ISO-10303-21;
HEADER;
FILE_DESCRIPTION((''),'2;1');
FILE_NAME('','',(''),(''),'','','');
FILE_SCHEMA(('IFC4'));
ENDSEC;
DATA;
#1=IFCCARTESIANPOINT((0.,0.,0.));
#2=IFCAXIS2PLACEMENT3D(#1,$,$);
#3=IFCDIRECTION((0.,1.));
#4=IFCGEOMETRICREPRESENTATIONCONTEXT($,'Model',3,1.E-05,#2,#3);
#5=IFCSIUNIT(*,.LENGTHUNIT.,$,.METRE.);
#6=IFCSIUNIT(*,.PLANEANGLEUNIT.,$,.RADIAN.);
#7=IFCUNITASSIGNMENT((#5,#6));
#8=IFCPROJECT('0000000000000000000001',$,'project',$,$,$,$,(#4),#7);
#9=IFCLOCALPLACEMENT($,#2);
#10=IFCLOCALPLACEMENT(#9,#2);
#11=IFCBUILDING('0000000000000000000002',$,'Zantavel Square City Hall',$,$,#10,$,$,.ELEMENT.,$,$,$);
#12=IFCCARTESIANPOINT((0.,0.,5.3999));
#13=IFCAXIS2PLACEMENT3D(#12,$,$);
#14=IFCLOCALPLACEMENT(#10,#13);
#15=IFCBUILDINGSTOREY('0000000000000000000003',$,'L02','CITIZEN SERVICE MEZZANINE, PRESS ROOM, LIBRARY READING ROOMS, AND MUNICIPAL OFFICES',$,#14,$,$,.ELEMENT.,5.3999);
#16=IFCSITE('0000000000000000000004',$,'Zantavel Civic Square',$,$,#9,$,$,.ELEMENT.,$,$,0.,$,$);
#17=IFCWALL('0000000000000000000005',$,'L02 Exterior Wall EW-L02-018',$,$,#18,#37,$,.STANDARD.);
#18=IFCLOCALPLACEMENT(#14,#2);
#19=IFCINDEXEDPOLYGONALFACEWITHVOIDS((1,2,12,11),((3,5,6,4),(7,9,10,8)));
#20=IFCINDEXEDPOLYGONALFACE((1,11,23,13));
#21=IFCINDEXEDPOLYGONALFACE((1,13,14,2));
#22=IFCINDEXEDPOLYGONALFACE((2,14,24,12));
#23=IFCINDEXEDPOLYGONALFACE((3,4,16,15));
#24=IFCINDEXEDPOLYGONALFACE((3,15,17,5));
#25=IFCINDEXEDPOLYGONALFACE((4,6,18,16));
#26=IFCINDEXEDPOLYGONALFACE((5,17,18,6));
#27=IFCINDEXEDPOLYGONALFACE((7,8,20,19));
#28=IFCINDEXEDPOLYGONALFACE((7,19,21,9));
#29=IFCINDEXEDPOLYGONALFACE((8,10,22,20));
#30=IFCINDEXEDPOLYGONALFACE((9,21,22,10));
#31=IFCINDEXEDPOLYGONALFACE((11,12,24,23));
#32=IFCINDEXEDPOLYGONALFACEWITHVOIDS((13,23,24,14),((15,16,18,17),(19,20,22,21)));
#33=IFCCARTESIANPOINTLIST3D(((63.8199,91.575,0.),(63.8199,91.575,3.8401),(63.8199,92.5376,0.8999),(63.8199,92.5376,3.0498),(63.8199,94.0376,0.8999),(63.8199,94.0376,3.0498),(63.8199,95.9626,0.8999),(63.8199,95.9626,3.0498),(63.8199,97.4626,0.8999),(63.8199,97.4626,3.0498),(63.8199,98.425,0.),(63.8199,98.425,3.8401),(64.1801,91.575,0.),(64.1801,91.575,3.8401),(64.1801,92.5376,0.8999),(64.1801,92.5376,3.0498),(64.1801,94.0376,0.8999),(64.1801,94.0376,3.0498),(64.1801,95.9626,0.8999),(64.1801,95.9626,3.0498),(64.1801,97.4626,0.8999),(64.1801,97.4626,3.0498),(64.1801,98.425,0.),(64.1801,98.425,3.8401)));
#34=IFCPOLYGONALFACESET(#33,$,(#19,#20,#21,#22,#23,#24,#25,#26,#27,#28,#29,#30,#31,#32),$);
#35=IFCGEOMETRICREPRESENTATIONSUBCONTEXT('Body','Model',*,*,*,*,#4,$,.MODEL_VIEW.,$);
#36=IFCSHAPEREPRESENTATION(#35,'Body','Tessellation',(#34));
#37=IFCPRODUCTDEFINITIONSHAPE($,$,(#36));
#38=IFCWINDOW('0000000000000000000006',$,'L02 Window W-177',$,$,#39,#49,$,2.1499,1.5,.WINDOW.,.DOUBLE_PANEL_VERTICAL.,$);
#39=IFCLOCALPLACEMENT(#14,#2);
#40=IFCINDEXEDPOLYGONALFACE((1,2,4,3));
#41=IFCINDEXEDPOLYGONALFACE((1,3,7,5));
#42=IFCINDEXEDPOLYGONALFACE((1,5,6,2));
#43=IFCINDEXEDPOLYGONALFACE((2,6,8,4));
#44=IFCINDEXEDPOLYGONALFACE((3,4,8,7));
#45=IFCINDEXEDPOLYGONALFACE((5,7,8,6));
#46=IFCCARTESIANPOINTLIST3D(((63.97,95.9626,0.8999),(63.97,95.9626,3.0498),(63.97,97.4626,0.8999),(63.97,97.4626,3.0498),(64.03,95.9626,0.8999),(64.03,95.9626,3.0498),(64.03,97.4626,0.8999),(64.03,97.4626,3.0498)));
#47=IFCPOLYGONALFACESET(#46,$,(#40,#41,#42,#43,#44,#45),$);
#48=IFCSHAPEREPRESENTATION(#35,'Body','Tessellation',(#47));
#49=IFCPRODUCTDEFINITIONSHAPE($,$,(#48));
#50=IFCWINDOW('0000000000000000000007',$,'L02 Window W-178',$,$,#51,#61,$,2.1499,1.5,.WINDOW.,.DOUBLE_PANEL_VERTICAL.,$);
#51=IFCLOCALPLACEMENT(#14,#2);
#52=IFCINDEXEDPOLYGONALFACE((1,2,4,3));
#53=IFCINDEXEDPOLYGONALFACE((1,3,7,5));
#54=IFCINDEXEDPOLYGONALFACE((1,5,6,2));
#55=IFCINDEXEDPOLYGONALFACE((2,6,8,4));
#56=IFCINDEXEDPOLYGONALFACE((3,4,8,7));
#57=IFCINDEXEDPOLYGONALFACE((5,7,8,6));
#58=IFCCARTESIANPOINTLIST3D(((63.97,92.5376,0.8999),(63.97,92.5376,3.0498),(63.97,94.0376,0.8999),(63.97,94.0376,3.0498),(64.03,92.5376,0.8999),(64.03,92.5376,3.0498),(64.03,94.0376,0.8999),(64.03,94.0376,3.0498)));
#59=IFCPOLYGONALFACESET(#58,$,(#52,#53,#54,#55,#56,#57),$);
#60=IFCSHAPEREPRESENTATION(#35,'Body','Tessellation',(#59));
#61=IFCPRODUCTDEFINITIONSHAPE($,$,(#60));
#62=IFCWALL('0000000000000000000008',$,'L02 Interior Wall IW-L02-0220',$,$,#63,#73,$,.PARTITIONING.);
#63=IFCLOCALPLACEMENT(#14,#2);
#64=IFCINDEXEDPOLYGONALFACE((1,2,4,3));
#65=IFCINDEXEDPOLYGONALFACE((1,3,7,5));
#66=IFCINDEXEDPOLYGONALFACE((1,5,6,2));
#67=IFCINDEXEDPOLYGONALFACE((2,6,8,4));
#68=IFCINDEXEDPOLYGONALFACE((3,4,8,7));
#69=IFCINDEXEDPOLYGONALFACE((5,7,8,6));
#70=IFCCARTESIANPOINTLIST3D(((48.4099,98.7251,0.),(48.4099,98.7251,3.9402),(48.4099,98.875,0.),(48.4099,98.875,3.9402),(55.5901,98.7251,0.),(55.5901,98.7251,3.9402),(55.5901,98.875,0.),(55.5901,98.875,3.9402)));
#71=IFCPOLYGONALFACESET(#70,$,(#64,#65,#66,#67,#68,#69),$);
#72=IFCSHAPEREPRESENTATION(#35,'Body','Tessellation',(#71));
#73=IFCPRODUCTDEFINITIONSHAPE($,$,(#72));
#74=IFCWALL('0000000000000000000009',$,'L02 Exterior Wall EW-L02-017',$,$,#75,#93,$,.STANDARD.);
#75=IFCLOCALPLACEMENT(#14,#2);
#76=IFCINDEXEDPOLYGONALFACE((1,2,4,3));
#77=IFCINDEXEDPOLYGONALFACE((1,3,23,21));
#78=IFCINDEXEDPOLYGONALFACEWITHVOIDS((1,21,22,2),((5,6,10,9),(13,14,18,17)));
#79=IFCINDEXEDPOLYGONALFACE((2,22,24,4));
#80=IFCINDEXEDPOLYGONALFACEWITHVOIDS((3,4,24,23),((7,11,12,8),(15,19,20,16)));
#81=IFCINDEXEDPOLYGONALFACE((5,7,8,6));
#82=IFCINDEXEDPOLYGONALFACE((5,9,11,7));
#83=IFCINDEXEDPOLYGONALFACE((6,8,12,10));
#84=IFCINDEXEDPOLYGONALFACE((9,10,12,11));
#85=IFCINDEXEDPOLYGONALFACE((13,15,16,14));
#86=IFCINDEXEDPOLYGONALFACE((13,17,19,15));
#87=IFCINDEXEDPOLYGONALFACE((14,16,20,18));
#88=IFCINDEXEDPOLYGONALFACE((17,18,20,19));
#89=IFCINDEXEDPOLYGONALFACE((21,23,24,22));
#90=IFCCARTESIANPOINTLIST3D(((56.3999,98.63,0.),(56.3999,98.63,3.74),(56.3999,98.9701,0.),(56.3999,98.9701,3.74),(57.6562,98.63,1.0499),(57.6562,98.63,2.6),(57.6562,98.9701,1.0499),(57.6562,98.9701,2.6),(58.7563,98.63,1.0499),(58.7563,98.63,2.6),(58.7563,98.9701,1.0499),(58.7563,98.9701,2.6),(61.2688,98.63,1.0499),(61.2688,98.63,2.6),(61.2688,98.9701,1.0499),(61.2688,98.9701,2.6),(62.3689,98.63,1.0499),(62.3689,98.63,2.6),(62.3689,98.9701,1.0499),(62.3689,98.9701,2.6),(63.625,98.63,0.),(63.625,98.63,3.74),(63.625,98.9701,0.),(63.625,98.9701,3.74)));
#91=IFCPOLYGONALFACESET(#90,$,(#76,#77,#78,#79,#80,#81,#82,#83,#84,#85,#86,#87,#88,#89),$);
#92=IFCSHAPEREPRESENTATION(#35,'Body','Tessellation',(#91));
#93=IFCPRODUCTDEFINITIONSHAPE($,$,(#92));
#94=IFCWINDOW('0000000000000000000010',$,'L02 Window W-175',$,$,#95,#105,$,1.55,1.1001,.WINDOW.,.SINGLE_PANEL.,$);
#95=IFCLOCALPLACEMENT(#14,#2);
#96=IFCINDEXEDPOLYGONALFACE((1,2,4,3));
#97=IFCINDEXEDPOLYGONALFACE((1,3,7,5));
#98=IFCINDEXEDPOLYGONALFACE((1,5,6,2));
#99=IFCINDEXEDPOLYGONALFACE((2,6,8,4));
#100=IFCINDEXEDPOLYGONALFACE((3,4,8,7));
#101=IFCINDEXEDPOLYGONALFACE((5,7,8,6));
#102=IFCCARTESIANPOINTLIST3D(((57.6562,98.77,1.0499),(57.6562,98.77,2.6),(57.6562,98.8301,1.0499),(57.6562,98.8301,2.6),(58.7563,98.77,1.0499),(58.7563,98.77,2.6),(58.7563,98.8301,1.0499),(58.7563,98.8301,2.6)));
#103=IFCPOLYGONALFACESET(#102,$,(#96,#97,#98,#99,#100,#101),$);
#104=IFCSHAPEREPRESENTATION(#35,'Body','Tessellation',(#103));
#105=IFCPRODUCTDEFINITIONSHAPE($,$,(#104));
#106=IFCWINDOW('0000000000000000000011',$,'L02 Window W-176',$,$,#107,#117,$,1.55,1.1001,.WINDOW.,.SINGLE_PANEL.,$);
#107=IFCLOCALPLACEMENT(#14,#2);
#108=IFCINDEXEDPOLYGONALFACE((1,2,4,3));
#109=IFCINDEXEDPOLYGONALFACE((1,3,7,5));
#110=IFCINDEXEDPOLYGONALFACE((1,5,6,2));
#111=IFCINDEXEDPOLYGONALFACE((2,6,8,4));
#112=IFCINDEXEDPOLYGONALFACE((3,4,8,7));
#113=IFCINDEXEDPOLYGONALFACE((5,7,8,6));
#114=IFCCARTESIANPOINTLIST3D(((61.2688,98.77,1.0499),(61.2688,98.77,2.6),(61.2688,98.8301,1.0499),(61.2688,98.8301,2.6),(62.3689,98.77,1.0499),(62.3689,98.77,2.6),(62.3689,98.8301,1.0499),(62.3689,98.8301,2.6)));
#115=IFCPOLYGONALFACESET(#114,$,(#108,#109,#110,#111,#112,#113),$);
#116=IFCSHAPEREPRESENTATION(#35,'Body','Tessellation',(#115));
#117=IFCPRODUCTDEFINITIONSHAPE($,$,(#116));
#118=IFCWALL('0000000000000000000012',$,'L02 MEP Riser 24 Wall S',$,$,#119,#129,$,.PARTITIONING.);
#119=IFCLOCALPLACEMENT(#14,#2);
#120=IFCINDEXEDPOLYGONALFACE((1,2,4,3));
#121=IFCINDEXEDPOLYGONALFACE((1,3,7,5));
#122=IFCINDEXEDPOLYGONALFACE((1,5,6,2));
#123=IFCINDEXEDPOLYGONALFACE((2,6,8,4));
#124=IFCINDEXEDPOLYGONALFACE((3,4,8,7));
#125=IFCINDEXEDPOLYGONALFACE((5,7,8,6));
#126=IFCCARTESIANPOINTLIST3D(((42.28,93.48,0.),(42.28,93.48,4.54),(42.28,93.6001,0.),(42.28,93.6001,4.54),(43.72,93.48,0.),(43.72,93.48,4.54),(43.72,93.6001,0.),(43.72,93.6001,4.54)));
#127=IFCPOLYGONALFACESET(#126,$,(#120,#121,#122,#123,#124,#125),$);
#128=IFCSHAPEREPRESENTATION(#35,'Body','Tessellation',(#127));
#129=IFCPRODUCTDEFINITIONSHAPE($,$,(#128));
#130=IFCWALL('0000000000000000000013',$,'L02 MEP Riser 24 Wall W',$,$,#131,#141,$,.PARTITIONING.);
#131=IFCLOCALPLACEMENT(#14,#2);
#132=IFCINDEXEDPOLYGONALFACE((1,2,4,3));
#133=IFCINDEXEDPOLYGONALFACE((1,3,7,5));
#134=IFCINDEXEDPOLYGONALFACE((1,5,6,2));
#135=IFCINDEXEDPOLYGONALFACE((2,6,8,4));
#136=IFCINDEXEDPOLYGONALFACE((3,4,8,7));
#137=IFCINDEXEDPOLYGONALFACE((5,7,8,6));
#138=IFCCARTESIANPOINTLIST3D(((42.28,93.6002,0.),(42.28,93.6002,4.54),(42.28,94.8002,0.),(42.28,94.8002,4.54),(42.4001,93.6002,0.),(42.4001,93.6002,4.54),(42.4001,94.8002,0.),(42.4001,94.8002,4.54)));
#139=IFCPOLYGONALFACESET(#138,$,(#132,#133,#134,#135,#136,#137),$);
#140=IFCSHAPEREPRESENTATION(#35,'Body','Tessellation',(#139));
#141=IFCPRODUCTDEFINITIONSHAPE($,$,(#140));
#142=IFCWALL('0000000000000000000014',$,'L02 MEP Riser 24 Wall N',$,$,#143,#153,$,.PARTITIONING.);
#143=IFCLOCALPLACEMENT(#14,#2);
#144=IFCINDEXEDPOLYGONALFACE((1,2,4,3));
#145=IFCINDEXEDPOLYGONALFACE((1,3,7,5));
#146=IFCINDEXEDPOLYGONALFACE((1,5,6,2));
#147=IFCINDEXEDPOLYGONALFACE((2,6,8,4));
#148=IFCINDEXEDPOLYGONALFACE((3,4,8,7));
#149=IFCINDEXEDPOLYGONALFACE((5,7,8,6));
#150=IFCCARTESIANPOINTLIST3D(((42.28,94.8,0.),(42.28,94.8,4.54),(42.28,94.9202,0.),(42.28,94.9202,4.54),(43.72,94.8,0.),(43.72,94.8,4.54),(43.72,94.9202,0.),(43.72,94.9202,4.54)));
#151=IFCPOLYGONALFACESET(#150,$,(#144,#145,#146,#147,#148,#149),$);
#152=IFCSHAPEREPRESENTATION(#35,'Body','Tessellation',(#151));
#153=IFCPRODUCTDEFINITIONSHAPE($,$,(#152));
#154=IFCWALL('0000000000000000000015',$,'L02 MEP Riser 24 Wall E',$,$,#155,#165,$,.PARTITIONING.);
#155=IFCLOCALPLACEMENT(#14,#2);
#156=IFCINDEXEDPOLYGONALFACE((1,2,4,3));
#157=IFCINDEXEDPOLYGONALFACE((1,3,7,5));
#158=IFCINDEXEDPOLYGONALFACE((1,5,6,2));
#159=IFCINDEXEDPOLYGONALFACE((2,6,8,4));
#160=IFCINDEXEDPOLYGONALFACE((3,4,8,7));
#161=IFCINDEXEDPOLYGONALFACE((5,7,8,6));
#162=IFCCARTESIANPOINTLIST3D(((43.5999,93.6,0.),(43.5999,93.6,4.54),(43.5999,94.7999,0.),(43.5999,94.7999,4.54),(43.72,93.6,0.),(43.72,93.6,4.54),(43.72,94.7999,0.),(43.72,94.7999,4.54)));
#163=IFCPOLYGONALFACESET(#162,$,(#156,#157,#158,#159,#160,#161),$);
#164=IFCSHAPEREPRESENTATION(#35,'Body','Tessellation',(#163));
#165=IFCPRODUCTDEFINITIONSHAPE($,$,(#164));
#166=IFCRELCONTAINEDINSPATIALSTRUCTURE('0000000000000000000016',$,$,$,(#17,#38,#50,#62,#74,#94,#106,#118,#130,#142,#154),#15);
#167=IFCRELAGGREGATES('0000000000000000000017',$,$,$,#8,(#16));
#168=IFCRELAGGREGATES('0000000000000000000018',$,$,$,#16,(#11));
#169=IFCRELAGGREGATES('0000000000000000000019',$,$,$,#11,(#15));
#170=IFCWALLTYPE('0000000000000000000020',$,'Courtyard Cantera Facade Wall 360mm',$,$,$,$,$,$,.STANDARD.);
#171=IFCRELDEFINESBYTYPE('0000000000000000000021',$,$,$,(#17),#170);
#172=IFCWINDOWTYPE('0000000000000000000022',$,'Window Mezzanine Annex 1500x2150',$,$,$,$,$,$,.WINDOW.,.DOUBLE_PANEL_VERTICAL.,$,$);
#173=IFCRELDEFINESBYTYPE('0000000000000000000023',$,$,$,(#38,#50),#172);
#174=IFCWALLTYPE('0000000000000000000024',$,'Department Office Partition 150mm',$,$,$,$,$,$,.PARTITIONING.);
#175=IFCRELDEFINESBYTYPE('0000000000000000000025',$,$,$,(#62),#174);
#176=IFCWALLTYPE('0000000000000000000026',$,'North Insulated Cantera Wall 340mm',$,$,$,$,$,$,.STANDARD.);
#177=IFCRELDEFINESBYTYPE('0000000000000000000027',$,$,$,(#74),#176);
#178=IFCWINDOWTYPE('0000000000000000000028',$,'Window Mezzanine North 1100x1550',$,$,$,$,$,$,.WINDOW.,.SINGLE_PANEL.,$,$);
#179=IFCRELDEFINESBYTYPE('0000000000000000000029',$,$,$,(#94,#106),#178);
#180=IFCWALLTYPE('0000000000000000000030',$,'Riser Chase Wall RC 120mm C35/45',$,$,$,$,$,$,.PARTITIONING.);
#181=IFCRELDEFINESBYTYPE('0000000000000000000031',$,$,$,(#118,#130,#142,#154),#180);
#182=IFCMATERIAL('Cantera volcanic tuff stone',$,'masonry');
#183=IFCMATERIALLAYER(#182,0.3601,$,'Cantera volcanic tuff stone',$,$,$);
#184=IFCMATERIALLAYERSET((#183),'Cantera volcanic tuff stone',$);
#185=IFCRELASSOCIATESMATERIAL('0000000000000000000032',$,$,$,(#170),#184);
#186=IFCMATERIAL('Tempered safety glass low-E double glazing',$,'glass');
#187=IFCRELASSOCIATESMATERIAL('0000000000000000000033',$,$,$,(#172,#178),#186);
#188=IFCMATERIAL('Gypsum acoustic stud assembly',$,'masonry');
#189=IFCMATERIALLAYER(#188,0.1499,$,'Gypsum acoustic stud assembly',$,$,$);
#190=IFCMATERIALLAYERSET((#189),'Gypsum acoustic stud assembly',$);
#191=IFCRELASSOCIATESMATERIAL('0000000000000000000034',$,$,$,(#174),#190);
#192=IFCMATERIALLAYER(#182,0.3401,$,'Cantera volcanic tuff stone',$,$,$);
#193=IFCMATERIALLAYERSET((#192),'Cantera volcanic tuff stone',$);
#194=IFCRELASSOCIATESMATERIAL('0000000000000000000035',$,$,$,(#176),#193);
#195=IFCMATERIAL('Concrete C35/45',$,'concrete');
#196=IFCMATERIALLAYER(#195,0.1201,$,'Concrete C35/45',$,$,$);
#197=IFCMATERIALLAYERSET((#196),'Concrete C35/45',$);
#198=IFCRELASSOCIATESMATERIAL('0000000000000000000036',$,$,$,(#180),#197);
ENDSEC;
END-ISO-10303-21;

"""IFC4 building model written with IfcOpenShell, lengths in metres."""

from ifc_helpers import new_model, si_unit, direction, frame, frame_2d, origin, place, context, subcontext, project, spatial, rectangle, extrude, material, layer, layer_set, type_object, element, fill, save


model = new_model("IFC4")

# Units and contexts
model_context = context("Model", 3, precision=1e-05, world=origin(), true_north=direction((0.0, 1.0)))
body_context = subcontext(model_context, "Body", "Model", "MODEL_VIEW")
ifc_project = project(units=[si_unit("LENGTHUNIT", "METRE"), si_unit("PLANEANGLEUNIT", "RADIAN")], contexts=[model_context])

# Site, building, storey
site_placement = place(None, origin())
site = spatial("IfcSite", under=ifc_project, at=site_placement, Name="Zantavel Civic Square", CompositionType="ELEMENT", RefElevation=0.0)
building_placement = place(site_placement, origin())
building = spatial("IfcBuilding", under=site, at=building_placement, Name="Zantavel Square City Hall", CompositionType="ELEMENT")
storey_placement = place(building_placement, frame((0.0, 0.0, 5.3999)))
storey = spatial("IfcBuildingStorey", under=building, at=storey_placement, Name="L02", Description="CITIZEN SERVICE MEZZANINE, PRESS ROOM, LIBRARY READING ROOMS, AND MUNICIPAL OFFICES", CompositionType="ELEMENT", Elevation=5.3999)

# Shared definitions
ifc_material_1 = material(Name="Concrete C35/45", Category="concrete")

# Wall, openings, windows
ifc_material_2 = material(Name="Cantera volcanic tuff stone", Category="masonry")
ifc_layer_1 = layer(ifc_material_2, 0.3601, Name="Cantera volcanic tuff stone")
ifc_layer_set_1 = layer_set([ifc_layer_1], Name="Cantera volcanic tuff stone")
wall_type_1 = type_object("IfcWallType", Name="Courtyard Cantera Facade Wall 360mm", PredefinedType="STANDARD", material=ifc_layer_set_1)
wall_1_placement = place(storey_placement, frame((64.0, 98.425, 0.0), z_axis=(0.0, 0.0, 1.0), x_axis=(0.0, -1.0, 0.0)))
wall_1 = element("IfcWall", 1, at=wall_1_placement, inside=storey, type_object=wall_type_1, Name="L02 Exterior Wall EW-L02-018", PredefinedType="STANDARD", context=body_context, shape_type="SweptSolid", body=[
    extrude(rectangle(XDim=6.8501, YDim=0.3601, at=frame_2d((3.425, 0.0))), origin(), (0.0, 0.0, 1.0), 3.8401),
])
opening_1_placement = place(wall_1_placement, frame((0.9624, 0.0, 0.8999)))
opening_1 = element("IfcOpeningElement", 2, at=opening_1_placement, cuts=wall_1, PredefinedType="OPENING", context=body_context, shape_type="SweptSolid", body=[
    extrude(rectangle(XDim=1.5, YDim=2.1499, at=frame_2d((0.75, 1.075))), frame((0.0, 0.1899, 0.0), z_axis=(0.0, -1.0, 0.0), x_axis=(1.0, 0.0, 0.0)), (0.0, 0.0, 1.0), 0.3801),
])
opening_2_placement = place(wall_1_placement, frame((4.3875, 0.0, 0.8999)))
opening_2 = element("IfcOpeningElement", 3, at=opening_2_placement, cuts=wall_1, PredefinedType="OPENING", context=body_context, shape_type="SweptSolid", body=[
    extrude(rectangle(XDim=1.5, YDim=2.1499, at=frame_2d((0.75, 1.075))), frame((0.0, 0.1899, 0.0), z_axis=(0.0, -1.0, 0.0), x_axis=(1.0, 0.0, 0.0)), (0.0, 0.0, 1.0), 0.3801),
])
ifc_material_3 = material(Name="Tempered safety glass low-E double glazing", Category="glass")
window_type_1 = type_object("IfcWindowType", Name="Window Mezzanine Annex 1500x2150", PartitioningType="DOUBLE_PANEL_VERTICAL", PredefinedType="WINDOW", material=ifc_material_3)
window_1_placement = place(opening_1_placement, origin())
window_1 = element("IfcWindow", 4, at=window_1_placement, inside=storey, type_object=window_type_1, Name="L02 Window W-177", OverallHeight=2.1499, OverallWidth=1.5, PartitioningType="DOUBLE_PANEL_VERTICAL", PredefinedType="WINDOW", context=body_context, shape_type="SweptSolid", body=[
    extrude(rectangle(XDim=1.5, YDim=2.1499, at=frame_2d((0.75, 1.075))), frame((0.0, 0.03, 0.0), z_axis=(0.0, -1.0, 0.0), x_axis=(1.0, 0.0, 0.0)), (0.0, 0.0, 1.0), 0.0601),
])
fill(opening_1, window_1)
window_2_placement = place(opening_2_placement, origin())
window_2 = element("IfcWindow", 5, at=window_2_placement, inside=storey, type_object=window_type_1, Name="L02 Window W-178", OverallHeight=2.1499, OverallWidth=1.5, PartitioningType="DOUBLE_PANEL_VERTICAL", PredefinedType="WINDOW", context=body_context, shape_type="SweptSolid", body=[
    extrude(rectangle(XDim=1.5, YDim=2.1499, at=frame_2d((0.75, 1.075))), frame((0.0, 0.03, 0.0), z_axis=(0.0, -1.0, 0.0), x_axis=(1.0, 0.0, 0.0)), (0.0, 0.0, 1.0), 0.0601),
])
fill(opening_2, window_2)

# Wall
ifc_material_4 = material(Name="Gypsum acoustic stud assembly", Category="masonry")
ifc_layer_2 = layer(ifc_material_4, 0.1499, Name="Gypsum acoustic stud assembly")
ifc_layer_set_2 = layer_set([ifc_layer_2], Name="Gypsum acoustic stud assembly")
wall_type_2 = type_object("IfcWallType", Name="Department Office Partition 150mm", PredefinedType="PARTITIONING", material=ifc_layer_set_2)
wall_2_placement = place(storey_placement, frame((48.4099, 98.8, 0.0), z_axis=(0.0, 0.0, 1.0), x_axis=(1.0, 0.0, 0.0)))
element("IfcWall", 6, at=wall_2_placement, inside=storey, type_object=wall_type_2, Name="L02 Interior Wall IW-L02-0220", PredefinedType="PARTITIONING", context=body_context, shape_type="SweptSolid", body=[
    extrude(rectangle(XDim=7.1802, YDim=0.1499, at=frame_2d((3.5901, 0.0))), origin(), (0.0, 0.0, 1.0), 3.9402),
])

# Wall, openings, windows
ifc_layer_3 = layer(ifc_material_2, 0.3401, Name="Cantera volcanic tuff stone")
ifc_layer_set_3 = layer_set([ifc_layer_3], Name="Cantera volcanic tuff stone")
wall_type_3 = type_object("IfcWallType", Name="North Insulated Cantera Wall 340mm", PredefinedType="STANDARD", material=ifc_layer_set_3)
wall_3_placement = place(storey_placement, frame((56.3999, 98.8, 0.0), z_axis=(0.0, 0.0, 1.0), x_axis=(1.0, 0.0, 0.0)))
wall_3 = element("IfcWall", 7, at=wall_3_placement, inside=storey, type_object=wall_type_3, Name="L02 Exterior Wall EW-L02-017", PredefinedType="STANDARD", context=body_context, shape_type="SweptSolid", body=[
    extrude(rectangle(XDim=7.2251, YDim=0.3401, at=frame_2d((3.6125, 0.0))), origin(), (0.0, 0.0, 1.0), 3.74),
])
opening_3_placement = place(wall_3_placement, frame((1.2563, 0.0, 1.05)))
opening_3 = element("IfcOpeningElement", 8, at=opening_3_placement, cuts=wall_3, PredefinedType="OPENING", context=body_context, shape_type="SweptSolid", body=[
    extrude(rectangle(XDim=1.1001, YDim=1.55, at=frame_2d((0.55, 0.7749))), frame((0.0, 0.1799, 0.0), z_axis=(0.0, -1.0, 0.0), x_axis=(1.0, 0.0, 0.0)), (0.0, 0.0, 1.0), 0.3601),
])
opening_4_placement = place(wall_3_placement, frame((4.8689, 0.0, 1.05)))
opening_4 = element("IfcOpeningElement", 9, at=opening_4_placement, cuts=wall_3, PredefinedType="OPENING", context=body_context, shape_type="SweptSolid", body=[
    extrude(rectangle(XDim=1.1001, YDim=1.55, at=frame_2d((0.55, 0.7749))), frame((0.0, 0.1799, 0.0), z_axis=(0.0, -1.0, 0.0), x_axis=(1.0, 0.0, 0.0)), (0.0, 0.0, 1.0), 0.3601),
])
window_type_2 = type_object("IfcWindowType", Name="Window Mezzanine North 1100x1550", PartitioningType="SINGLE_PANEL", PredefinedType="WINDOW", material=ifc_material_3)
window_3_placement = place(opening_3_placement, origin())
window_3 = element("IfcWindow", 10, at=window_3_placement, inside=storey, type_object=window_type_2, Name="L02 Window W-175", OverallHeight=1.55, OverallWidth=1.1001, PartitioningType="SINGLE_PANEL", PredefinedType="WINDOW", context=body_context, shape_type="SweptSolid", body=[
    extrude(rectangle(XDim=1.1001, YDim=1.55, at=frame_2d((0.55, 0.7749))), frame((0.0, 0.03, 0.0), z_axis=(0.0, -1.0, 0.0), x_axis=(1.0, 0.0, 0.0)), (0.0, 0.0, 1.0), 0.0601),
])
fill(opening_3, window_3)
window_4_placement = place(opening_4_placement, origin())
window_4 = element("IfcWindow", 11, at=window_4_placement, inside=storey, type_object=window_type_2, Name="L02 Window W-176", OverallHeight=1.55, OverallWidth=1.1001, PartitioningType="SINGLE_PANEL", PredefinedType="WINDOW", context=body_context, shape_type="SweptSolid", body=[
    extrude(rectangle(XDim=1.1001, YDim=1.55, at=frame_2d((0.55, 0.7749))), frame((0.0, 0.03, 0.0), z_axis=(0.0, -1.0, 0.0), x_axis=(1.0, 0.0, 0.0)), (0.0, 0.0, 1.0), 0.0601),
])
fill(opening_4, window_4)

# Walls
ifc_layer_4 = layer(ifc_material_1, 0.1201, Name="Concrete C35/45")
ifc_layer_set_4 = layer_set([ifc_layer_4], Name="Concrete C35/45")
wall_type_4 = type_object("IfcWallType", Name="Riser Chase Wall RC 120mm C35/45", PredefinedType="PARTITIONING", material=ifc_layer_set_4)
wall_4_placement = place(storey_placement, frame((43.72, 93.54, 0.0), z_axis=(0.0, 0.0, 1.0), x_axis=(-1.0, 0.0, 0.0)))
element("IfcWall", 12, at=wall_4_placement, inside=storey, type_object=wall_type_4, Name="L02 MEP Riser 24 Wall S", PredefinedType="PARTITIONING", context=body_context, shape_type="SweptSolid", body=[
    extrude(rectangle(XDim=1.4399, YDim=0.1201, at=frame_2d((0.72, 0.0))), origin(), (0.0, 0.0, 1.0), 4.54),
])
wall_5_placement = place(storey_placement, frame((42.3401, 93.6001, 0.0), z_axis=(0.0, 0.0, 1.0), x_axis=(0.0, 1.0, 0.0)))
element("IfcWall", 13, at=wall_5_placement, inside=storey, type_object=wall_type_4, Name="L02 MEP Riser 24 Wall W", PredefinedType="PARTITIONING", context=body_context, shape_type="SweptSolid", body=[
    extrude(rectangle(XDim=1.2, YDim=0.1201, at=frame_2d((0.6001, 0.0))), origin(), (0.0, 0.0, 1.0), 4.54),
])
wall_6_placement = place(storey_placement, frame((42.28, 94.8601, 0.0), z_axis=(0.0, 0.0, 1.0), x_axis=(1.0, 0.0, 0.0)))
element("IfcWall", 14, at=wall_6_placement, inside=storey, type_object=wall_type_4, Name="L02 MEP Riser 24 Wall N", PredefinedType="PARTITIONING", context=body_context, shape_type="SweptSolid", body=[
    extrude(rectangle(XDim=1.4399, YDim=0.1201, at=frame_2d((0.72, 0.0))), origin(), (0.0, 0.0, 1.0), 4.54),
])
wall_7_placement = place(storey_placement, frame((43.6599, 94.8, 0.0), z_axis=(0.0, 0.0, 1.0), x_axis=(0.0, -1.0, 0.0)))
element("IfcWall", 15, at=wall_7_placement, inside=storey, type_object=wall_type_4, Name="L02 MEP Riser 24 Wall E", PredefinedType="PARTITIONING", context=body_context, shape_type="SweptSolid", body=[
    extrude(rectangle(XDim=1.2, YDim=0.1201, at=frame_2d((0.6001, 0.0))), origin(), (0.0, 0.0, 1.0), 4.54),
])

save(model, "model.ifc")
